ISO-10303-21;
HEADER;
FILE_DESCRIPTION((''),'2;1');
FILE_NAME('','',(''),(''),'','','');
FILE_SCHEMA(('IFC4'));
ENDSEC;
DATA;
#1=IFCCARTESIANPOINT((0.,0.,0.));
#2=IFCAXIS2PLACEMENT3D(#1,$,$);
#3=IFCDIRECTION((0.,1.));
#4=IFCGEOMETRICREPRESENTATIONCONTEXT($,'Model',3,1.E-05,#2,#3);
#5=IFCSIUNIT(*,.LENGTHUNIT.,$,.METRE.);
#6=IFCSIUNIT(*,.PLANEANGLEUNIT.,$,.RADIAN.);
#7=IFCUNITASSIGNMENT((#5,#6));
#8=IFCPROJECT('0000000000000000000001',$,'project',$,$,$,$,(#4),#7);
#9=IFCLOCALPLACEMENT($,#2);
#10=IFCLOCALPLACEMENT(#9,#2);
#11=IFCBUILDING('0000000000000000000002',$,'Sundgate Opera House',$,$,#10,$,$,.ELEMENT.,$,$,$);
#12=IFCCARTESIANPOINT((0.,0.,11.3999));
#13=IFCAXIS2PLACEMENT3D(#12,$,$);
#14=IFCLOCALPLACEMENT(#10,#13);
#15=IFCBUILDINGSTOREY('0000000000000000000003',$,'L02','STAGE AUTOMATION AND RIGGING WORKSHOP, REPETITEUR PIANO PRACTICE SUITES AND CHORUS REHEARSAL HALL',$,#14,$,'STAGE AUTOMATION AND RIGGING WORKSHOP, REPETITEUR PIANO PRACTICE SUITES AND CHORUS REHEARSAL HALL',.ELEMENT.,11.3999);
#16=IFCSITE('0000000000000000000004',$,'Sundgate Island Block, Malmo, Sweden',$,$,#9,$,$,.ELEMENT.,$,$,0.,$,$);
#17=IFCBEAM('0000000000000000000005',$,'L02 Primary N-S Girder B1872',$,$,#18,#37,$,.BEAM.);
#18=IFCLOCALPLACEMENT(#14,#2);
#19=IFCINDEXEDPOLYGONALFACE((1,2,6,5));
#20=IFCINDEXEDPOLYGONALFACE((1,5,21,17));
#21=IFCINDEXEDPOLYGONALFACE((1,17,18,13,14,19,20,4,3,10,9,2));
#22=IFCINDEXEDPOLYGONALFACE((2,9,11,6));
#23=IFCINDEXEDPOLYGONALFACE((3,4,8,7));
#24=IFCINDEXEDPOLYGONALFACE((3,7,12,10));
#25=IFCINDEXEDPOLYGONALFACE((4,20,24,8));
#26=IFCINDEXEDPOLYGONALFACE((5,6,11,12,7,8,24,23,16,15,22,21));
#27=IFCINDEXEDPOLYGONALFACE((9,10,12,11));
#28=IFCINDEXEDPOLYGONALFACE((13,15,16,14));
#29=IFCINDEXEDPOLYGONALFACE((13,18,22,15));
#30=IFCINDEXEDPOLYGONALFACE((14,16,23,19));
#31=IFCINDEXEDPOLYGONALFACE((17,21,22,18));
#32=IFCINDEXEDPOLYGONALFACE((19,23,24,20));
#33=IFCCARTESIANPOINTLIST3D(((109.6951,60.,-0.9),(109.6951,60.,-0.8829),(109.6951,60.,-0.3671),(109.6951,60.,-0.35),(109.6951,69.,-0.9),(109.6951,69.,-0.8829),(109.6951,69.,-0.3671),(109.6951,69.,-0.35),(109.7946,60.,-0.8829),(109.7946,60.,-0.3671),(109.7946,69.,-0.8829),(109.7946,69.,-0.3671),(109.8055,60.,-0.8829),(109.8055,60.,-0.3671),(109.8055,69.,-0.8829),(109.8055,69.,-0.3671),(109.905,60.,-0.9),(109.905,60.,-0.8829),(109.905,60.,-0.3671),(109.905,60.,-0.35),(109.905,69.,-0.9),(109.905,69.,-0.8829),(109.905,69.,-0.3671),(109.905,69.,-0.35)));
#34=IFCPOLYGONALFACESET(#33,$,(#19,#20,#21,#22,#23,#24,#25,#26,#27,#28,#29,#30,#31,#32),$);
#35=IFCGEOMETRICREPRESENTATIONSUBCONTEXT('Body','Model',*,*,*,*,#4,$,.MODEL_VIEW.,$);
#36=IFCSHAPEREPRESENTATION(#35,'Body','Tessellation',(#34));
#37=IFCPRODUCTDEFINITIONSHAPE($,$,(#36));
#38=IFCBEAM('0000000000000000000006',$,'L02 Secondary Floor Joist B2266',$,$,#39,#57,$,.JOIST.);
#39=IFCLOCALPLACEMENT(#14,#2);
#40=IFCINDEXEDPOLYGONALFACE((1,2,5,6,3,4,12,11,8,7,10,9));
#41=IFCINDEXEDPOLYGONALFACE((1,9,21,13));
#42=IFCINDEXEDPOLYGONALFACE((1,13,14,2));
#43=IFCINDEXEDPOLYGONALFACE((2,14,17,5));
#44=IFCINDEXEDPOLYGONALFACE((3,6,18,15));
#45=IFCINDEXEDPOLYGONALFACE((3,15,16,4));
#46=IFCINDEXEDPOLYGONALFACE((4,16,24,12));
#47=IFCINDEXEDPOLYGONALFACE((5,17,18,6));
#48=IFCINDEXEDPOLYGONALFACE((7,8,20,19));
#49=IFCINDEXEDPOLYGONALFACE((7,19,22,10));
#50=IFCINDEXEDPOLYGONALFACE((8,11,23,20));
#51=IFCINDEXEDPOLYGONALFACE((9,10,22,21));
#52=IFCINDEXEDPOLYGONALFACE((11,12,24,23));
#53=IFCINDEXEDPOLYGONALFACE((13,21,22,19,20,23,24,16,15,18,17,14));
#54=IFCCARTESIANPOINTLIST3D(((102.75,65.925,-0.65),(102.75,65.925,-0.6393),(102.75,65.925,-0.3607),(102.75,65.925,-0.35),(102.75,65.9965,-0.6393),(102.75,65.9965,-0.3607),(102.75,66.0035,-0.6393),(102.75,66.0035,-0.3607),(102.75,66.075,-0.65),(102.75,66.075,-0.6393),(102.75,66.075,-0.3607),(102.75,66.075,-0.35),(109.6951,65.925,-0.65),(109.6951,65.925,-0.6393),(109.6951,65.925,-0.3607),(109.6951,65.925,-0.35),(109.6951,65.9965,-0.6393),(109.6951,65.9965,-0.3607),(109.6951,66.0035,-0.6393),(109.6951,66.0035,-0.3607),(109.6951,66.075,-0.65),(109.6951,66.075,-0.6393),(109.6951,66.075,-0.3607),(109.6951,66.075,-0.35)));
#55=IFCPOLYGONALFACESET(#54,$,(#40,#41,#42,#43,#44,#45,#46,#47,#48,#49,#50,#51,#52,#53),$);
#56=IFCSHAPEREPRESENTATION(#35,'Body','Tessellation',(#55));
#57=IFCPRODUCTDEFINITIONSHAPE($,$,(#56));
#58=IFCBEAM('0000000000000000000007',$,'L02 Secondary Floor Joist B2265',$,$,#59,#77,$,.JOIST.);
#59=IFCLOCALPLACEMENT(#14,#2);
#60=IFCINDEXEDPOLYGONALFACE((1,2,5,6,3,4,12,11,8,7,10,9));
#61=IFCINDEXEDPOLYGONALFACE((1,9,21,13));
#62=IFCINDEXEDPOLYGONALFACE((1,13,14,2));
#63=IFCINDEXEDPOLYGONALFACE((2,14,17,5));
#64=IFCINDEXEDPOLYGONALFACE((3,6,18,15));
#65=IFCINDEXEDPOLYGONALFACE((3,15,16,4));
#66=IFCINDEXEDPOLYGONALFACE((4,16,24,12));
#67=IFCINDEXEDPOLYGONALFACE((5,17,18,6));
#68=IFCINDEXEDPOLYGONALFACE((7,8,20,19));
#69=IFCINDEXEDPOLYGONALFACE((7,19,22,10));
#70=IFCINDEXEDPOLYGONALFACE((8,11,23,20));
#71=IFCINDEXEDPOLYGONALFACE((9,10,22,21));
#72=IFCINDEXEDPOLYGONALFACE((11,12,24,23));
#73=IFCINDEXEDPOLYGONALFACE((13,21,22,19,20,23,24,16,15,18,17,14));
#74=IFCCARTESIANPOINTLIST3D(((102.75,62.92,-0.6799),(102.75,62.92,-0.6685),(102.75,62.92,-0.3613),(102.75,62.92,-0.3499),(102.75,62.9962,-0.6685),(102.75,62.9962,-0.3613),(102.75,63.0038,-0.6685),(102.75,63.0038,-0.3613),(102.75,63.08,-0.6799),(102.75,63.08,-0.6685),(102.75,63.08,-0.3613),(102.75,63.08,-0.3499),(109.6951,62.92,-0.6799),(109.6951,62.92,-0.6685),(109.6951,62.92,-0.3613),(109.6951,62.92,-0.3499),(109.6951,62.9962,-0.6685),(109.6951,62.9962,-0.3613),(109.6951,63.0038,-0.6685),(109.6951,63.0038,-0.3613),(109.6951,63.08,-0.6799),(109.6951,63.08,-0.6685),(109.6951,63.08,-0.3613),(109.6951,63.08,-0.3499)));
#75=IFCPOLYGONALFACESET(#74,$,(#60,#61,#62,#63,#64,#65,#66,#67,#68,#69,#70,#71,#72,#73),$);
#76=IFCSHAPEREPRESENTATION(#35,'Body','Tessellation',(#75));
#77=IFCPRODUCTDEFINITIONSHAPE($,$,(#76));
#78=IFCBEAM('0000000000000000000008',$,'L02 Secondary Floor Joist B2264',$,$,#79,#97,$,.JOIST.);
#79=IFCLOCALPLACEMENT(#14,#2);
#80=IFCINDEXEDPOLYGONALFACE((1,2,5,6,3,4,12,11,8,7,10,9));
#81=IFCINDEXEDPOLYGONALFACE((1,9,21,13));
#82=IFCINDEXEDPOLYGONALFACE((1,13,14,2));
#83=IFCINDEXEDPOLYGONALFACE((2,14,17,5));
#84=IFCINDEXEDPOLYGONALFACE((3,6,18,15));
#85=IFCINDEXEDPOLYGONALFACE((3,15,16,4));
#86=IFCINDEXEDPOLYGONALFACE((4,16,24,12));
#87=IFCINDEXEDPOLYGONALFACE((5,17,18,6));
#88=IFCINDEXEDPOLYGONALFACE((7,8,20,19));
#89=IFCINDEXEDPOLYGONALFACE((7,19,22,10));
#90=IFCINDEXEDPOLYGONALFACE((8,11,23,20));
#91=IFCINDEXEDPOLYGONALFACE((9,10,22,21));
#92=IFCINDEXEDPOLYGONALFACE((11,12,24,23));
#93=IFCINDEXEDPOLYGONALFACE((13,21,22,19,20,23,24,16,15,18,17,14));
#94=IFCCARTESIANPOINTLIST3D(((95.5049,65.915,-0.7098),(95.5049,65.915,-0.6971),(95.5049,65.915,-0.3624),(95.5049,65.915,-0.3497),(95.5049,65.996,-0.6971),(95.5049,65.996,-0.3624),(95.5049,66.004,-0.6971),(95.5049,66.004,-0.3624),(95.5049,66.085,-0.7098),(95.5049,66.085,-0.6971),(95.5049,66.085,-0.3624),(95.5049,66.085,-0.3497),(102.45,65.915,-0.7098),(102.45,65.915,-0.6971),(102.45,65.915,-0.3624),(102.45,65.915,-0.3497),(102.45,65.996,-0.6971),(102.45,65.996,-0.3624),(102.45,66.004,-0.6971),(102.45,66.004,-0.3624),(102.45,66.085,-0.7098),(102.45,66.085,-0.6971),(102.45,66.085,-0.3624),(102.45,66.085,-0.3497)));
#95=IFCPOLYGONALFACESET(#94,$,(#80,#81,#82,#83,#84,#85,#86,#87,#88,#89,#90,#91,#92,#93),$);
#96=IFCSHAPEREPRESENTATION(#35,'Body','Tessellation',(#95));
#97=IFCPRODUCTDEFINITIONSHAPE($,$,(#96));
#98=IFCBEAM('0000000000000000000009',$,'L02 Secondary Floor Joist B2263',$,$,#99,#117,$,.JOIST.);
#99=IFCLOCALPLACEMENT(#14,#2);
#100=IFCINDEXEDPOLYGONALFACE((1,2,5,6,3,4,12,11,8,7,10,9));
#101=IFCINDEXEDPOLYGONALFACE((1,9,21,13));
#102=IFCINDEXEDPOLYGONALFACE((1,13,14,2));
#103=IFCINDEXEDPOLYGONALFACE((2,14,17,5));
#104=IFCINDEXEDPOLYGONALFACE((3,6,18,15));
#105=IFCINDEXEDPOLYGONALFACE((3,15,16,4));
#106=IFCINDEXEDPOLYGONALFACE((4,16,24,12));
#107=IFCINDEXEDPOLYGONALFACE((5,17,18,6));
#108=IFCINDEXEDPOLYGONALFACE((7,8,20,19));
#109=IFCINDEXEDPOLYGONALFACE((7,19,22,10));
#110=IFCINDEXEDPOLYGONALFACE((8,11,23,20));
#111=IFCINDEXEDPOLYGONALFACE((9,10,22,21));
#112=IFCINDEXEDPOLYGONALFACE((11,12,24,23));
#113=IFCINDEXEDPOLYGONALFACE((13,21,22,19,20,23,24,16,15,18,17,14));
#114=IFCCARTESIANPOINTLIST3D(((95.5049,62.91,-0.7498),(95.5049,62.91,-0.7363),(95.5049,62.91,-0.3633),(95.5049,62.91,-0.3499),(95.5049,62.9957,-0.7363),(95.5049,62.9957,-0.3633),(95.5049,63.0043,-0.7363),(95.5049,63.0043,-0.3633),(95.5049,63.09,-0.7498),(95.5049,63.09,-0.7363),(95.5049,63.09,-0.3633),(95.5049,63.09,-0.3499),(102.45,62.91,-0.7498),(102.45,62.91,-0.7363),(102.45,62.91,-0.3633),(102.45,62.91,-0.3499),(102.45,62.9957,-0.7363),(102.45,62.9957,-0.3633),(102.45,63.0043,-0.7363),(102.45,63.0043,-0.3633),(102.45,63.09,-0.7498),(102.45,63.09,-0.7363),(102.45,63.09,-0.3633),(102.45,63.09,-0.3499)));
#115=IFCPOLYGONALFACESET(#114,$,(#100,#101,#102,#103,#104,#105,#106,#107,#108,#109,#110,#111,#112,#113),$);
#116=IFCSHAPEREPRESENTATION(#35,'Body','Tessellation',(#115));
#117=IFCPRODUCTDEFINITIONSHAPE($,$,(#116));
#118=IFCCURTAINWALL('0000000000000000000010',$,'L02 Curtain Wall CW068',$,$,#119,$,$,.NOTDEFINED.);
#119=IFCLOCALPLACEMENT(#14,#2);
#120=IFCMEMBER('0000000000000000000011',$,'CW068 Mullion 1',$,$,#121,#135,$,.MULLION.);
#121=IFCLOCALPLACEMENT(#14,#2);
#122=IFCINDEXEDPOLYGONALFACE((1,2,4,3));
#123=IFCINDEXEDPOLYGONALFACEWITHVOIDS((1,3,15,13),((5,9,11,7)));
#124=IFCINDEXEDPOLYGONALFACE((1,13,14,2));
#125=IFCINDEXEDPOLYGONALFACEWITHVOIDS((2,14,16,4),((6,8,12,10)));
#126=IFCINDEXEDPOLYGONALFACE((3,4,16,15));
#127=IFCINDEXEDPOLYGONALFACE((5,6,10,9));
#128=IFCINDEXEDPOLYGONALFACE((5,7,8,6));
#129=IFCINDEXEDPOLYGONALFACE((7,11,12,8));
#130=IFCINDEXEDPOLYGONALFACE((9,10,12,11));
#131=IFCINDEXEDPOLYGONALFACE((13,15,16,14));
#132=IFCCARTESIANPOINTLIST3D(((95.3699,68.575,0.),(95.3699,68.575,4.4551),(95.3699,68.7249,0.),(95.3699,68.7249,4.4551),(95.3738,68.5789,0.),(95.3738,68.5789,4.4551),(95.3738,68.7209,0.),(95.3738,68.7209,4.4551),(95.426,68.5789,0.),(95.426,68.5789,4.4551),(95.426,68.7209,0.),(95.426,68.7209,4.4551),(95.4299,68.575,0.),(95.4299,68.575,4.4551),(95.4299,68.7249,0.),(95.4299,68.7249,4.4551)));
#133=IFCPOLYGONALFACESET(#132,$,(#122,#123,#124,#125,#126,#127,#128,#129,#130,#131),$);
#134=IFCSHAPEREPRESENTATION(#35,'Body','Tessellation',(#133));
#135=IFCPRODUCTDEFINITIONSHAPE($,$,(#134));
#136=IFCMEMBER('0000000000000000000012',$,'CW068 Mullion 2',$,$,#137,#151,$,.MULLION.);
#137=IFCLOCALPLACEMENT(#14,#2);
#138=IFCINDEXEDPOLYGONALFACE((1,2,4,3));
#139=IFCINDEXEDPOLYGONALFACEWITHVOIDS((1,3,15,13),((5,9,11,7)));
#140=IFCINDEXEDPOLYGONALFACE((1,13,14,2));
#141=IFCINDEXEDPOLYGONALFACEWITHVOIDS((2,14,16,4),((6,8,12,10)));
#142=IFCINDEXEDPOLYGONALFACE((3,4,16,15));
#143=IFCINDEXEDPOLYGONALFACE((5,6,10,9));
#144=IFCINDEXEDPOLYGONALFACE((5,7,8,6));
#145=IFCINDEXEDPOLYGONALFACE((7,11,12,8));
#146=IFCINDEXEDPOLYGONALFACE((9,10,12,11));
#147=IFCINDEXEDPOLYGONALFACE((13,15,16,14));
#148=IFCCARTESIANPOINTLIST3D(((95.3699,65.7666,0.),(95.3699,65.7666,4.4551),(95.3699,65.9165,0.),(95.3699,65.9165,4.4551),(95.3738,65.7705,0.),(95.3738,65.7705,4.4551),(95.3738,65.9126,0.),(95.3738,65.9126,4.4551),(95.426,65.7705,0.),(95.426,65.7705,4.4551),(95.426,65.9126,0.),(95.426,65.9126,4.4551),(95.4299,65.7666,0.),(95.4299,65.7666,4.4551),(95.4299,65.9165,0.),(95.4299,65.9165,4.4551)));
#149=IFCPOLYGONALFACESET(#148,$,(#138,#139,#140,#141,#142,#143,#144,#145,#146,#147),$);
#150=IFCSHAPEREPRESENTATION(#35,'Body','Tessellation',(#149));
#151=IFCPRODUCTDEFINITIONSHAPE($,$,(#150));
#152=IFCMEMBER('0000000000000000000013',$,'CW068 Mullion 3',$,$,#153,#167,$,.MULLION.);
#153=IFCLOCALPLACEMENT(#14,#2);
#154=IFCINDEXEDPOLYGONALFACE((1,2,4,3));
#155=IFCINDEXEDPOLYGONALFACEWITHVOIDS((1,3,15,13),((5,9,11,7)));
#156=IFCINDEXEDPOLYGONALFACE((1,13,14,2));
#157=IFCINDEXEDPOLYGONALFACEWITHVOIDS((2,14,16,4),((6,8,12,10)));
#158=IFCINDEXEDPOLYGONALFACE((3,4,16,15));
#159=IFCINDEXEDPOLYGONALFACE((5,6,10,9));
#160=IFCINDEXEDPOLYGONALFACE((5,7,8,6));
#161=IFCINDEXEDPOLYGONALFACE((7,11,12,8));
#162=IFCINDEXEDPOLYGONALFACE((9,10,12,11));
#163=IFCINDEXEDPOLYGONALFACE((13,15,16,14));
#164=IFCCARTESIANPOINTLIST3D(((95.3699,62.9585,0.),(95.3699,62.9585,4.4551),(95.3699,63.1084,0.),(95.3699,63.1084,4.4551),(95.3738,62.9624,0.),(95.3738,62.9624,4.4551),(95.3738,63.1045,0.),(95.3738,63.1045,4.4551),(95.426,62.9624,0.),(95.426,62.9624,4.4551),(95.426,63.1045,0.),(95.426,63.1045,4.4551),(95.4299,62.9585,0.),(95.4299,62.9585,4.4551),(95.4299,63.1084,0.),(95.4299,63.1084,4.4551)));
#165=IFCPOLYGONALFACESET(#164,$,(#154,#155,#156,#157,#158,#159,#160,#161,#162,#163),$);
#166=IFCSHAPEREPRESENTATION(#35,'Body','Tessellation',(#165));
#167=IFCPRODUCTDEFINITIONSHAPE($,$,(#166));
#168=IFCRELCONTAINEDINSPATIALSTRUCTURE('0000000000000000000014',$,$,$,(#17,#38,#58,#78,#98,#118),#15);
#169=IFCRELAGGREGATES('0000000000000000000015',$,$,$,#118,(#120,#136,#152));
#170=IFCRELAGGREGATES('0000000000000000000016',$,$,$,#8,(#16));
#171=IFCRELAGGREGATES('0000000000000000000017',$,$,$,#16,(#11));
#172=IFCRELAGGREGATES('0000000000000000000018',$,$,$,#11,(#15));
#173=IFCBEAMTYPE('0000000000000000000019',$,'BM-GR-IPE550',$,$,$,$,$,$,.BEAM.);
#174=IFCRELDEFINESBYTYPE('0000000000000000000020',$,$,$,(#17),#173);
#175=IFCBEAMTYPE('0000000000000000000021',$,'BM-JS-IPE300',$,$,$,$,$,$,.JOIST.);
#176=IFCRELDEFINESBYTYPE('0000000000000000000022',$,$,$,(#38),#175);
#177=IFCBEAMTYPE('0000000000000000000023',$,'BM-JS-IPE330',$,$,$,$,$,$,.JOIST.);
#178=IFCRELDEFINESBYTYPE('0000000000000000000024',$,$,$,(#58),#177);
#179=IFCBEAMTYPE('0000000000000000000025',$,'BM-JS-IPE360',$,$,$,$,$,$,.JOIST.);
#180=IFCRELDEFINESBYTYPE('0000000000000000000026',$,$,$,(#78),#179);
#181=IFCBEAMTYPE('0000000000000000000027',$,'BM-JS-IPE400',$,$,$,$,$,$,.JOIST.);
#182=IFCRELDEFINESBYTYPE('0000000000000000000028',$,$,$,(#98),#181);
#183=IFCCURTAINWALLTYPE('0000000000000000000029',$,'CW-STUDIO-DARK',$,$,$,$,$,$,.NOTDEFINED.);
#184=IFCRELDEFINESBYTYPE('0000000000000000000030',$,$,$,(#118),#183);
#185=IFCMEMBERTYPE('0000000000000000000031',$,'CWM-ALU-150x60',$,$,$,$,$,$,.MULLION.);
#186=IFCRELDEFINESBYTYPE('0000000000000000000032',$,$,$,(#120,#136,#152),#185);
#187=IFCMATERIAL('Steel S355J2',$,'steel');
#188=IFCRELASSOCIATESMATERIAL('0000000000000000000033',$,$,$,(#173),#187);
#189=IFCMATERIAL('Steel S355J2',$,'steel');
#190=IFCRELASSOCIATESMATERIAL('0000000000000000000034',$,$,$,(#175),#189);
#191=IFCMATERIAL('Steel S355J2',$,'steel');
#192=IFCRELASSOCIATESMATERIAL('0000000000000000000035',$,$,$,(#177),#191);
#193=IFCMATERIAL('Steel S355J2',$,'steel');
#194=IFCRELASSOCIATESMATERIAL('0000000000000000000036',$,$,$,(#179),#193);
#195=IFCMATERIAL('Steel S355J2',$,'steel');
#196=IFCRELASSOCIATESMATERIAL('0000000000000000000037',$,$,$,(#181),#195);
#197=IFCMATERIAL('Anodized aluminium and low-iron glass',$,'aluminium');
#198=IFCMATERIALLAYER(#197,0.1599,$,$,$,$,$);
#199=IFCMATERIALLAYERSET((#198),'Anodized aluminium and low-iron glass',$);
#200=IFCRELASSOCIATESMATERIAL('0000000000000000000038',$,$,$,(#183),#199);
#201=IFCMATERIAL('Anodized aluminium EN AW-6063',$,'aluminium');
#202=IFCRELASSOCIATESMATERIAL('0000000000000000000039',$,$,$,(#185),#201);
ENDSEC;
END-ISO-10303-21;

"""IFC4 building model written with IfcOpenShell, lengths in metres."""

from ifc_helpers import new_model, si_unit, direction, frame, origin, origin_2d, place, context, subcontext, project, spatial, hollow_rectangle, i_section, extrude, material, layer, layer_set, material_profile, profile_set, type_object, element, aggregate, save


model = new_model("IFC4")

# Units and contexts
model_context = context("Model", 3, precision=1e-05, world=origin(), true_north=direction((0.0, 1.0)))
body_context = subcontext(model_context, "Body", "Model", "MODEL_VIEW")
ifc_project = project(units=[si_unit("LENGTHUNIT", "METRE"), si_unit("PLANEANGLEUNIT", "RADIAN")], contexts=[model_context])

# Site, building, storey
site_placement = place(None, origin())
site = spatial("IfcSite", under=ifc_project, at=site_placement, Name="Sundgate Island Block, Malmo, Sweden", CompositionType="ELEMENT", RefElevation=0.0)
building_placement = place(site_placement, origin())
building = spatial("IfcBuilding", under=site, at=building_placement, Name="Sundgate Opera House", CompositionType="ELEMENT")
storey_placement = place(building_placement, frame((0.0, 0.0, 11.3999)))
storey = spatial("IfcBuildingStorey", under=building, at=storey_placement, Name="L02", Description="STAGE AUTOMATION AND RIGGING WORKSHOP, REPETITEUR PIANO PRACTICE SUITES AND CHORUS REHEARSAL HALL", LongName="STAGE AUTOMATION AND RIGGING WORKSHOP, REPETITEUR PIANO PRACTICE SUITES AND CHORUS REHEARSAL HALL", CompositionType="ELEMENT", Elevation=11.3999)

# Beams
ifc_material_1 = material(Name="Steel S355J2", Category="steel")
ifc_material_profile_1 = material_profile(ifc_material_1, i_section(OverallWidth=0.21, OverallDepth=0.55, WebThickness=0.011, FlangeThickness=0.0171, at=origin_2d()), Name="IPE 550")
ifc_profile_set_1 = profile_set([ifc_material_profile_1], Name="Steel S355J2")
beam_type_1 = type_object("IfcBeamType", Name="BM-GR-IPE550", PredefinedType="BEAM", material=ifc_profile_set_1)
for number, where, z_axis, x_axis, name in (
    (1, (109.8, 60.0, -0.625), (0.0, 1.0, 0.0), (-1.0, 0.0, 0.0), "L02 Primary N-S Girder B1872"),
):
    element("IfcBeam", number, at=place(storey_placement, frame(where, z_axis=z_axis, x_axis=x_axis)), inside=storey, type_object=beam_type_1, Name=name, PredefinedType="BEAM", context=body_context, shape_type="SweptSolid", body=[
        extrude(i_section(OverallWidth=0.21, OverallDepth=0.55, WebThickness=0.011, FlangeThickness=0.0171, at=origin_2d()), origin(), (0.0, 0.0, 1.0), 9.0),
    ])
ifc_material_2 = material(Name="Steel S355J2", Category="steel")
ifc_material_profile_2 = material_profile(ifc_material_2, i_section(OverallWidth=0.1499, OverallDepth=0.3, WebThickness=0.0071, FlangeThickness=0.0107, at=origin_2d()), Name="IPE 300")
ifc_profile_set_2 = profile_set([ifc_material_profile_2], Name="Steel S355J2")
beam_type_2 = type_object("IfcBeamType", Name="BM-JS-IPE300", PredefinedType="JOIST", material=ifc_profile_set_2)
beam_1_placement = place(storey_placement, frame((102.75, 66.0, -0.5), z_axis=(1.0, 0.0, 0.0), x_axis=(0.0, 1.0, 0.0)))
element("IfcBeam", 2, at=beam_1_placement, inside=storey, type_object=beam_type_2, Name="L02 Secondary Floor Joist B2266", PredefinedType="JOIST", context=body_context, shape_type="SweptSolid", body=[
    extrude(i_section(OverallWidth=0.1499, OverallDepth=0.3, WebThickness=0.0071, FlangeThickness=0.0107, at=origin_2d()), origin(), (0.0, 0.0, 1.0), 6.9451),
])
ifc_material_3 = material(Name="Steel S355J2", Category="steel")
ifc_material_profile_3 = material_profile(ifc_material_3, i_section(OverallWidth=0.1599, OverallDepth=0.3301, WebThickness=0.0076, FlangeThickness=0.0115, at=origin_2d()), Name="IPE 330")
ifc_profile_set_3 = profile_set([ifc_material_profile_3], Name="Steel S355J2")
beam_type_3 = type_object("IfcBeamType", Name="BM-JS-IPE330", PredefinedType="JOIST", material=ifc_profile_set_3)
beam_2_placement = place(storey_placement, frame((102.75, 63.0, -0.5149), z_axis=(1.0, 0.0, 0.0), x_axis=(0.0, 1.0, 0.0)))
element("IfcBeam", 3, at=beam_2_placement, inside=storey, type_object=beam_type_3, Name="L02 Secondary Floor Joist B2265", PredefinedType="JOIST", context=body_context, shape_type="SweptSolid", body=[
    extrude(i_section(OverallWidth=0.1599, OverallDepth=0.3301, WebThickness=0.0076, FlangeThickness=0.0115, at=origin_2d()), origin(), (0.0, 0.0, 1.0), 6.9451),
])
ifc_material_4 = material(Name="Steel S355J2", Category="steel")
ifc_material_profile_4 = material_profile(ifc_material_4, i_section(OverallWidth=0.1699, OverallDepth=0.3601, WebThickness=0.0081, FlangeThickness=0.0127, at=origin_2d()), Name="IPE 360")
ifc_profile_set_4 = profile_set([ifc_material_profile_4], Name="Steel S355J2")
beam_type_4 = type_object("IfcBeamType", Name="BM-JS-IPE360", PredefinedType="JOIST", material=ifc_profile_set_4)
beam_3_placement = place(storey_placement, frame((95.5049, 66.0, -0.5298), z_axis=(1.0, 0.0, 0.0), x_axis=(0.0, 1.0, 0.0)))
element("IfcBeam", 4, at=beam_3_placement, inside=storey, type_object=beam_type_4, Name="L02 Secondary Floor Joist B2264", PredefinedType="JOIST", context=body_context, shape_type="SweptSolid", body=[
    extrude(i_section(OverallWidth=0.1699, OverallDepth=0.3601, WebThickness=0.0081, FlangeThickness=0.0127, at=origin_2d()), origin(), (0.0, 0.0, 1.0), 6.9451),
])
ifc_material_5 = material(Name="Steel S355J2", Category="steel")
ifc_material_profile_5 = material_profile(ifc_material_5, i_section(OverallWidth=0.1799, OverallDepth=0.3999, WebThickness=0.0085, FlangeThickness=0.0134, at=origin_2d()), Name="IPE 400")
ifc_profile_set_5 = profile_set([ifc_material_profile_5], Name="Steel S355J2")
beam_type_5 = type_object("IfcBeamType", Name="BM-JS-IPE400", PredefinedType="JOIST", material=ifc_profile_set_5)
beam_4_placement = place(storey_placement, frame((95.5049, 63.0, -0.5498), z_axis=(1.0, 0.0, 0.0), x_axis=(0.0, 1.0, 0.0)))
element("IfcBeam", 5, at=beam_4_placement, inside=storey, type_object=beam_type_5, Name="L02 Secondary Floor Joist B2263", PredefinedType="JOIST", context=body_context, shape_type="SweptSolid", body=[
    extrude(i_section(OverallWidth=0.1799, OverallDepth=0.3999, WebThickness=0.0085, FlangeThickness=0.0134, at=origin_2d()), origin(), (0.0, 0.0, 1.0), 6.9451),
])

# Curtain wall, members
ifc_material_6 = material(Name="Anodized aluminium and low-iron glass", Category="aluminium")
ifc_layer_1 = layer(ifc_material_6, 0.1599)
ifc_layer_set_1 = layer_set([ifc_layer_1], Name="Anodized aluminium and low-iron glass")
curtain_wall_type = type_object("IfcCurtainWallType", Name="CW-STUDIO-DARK", PredefinedType="NOTDEFINED", material=ifc_layer_set_1)
curtain_wall_placement = place(storey_placement, origin())
curtain_wall = element("IfcCurtainWall", 6, at=curtain_wall_placement, inside=storey, type_object=curtain_wall_type, Name="L02 Curtain Wall CW068", PredefinedType="NOTDEFINED")
ifc_material_7 = material(Name="Anodized aluminium EN AW-6063", Category="aluminium")
ifc_material_profile_6 = material_profile(ifc_material_7, hollow_rectangle(XDim=0.0601, YDim=0.1499, WallThickness=0.0039, at=origin_2d()), Name="CWM 150x60x4")
ifc_profile_set_6 = profile_set([ifc_material_profile_6], Name="Anodized aluminium EN AW-6063")
member_type_1 = type_object("IfcMemberType", Name="CWM-ALU-150x60", PredefinedType="MULLION", material=ifc_profile_set_6)
member_1_placement = place(storey_placement, frame((95.3999, 68.6499, 0.0), z_axis=(0.0, 0.0, 1.0), x_axis=(1.0, 0.0, 0.0)))
member_1 = element("IfcMember", 7, at=member_1_placement, type_object=member_type_1, Name="CW068 Mullion 1", PredefinedType="MULLION", context=body_context, shape_type="SweptSolid", body=[
    extrude(hollow_rectangle(XDim=0.0601, YDim=0.1499, WallThickness=0.0039, at=origin_2d()), origin(), (0.0, 0.0, 1.0), 4.4551),
])
member_2_placement = place(storey_placement, frame((95.3999, 65.8416, 0.0), z_axis=(0.0, 0.0, 1.0), x_axis=(1.0, 0.0, 0.0)))
member_2 = element("IfcMember", 8, at=member_2_placement, type_object=member_type_1, Name="CW068 Mullion 2", PredefinedType="MULLION", context=body_context, shape_type="SweptSolid", body=[
    extrude(hollow_rectangle(XDim=0.0601, YDim=0.1499, WallThickness=0.0039, at=origin_2d()), origin(), (0.0, 0.0, 1.0), 4.4551),
])
member_3_placement = place(storey_placement, frame((95.3999, 63.0334, 0.0), z_axis=(0.0, 0.0, 1.0), x_axis=(1.0, 0.0, 0.0)))
member_3 = element("IfcMember", 9, at=member_3_placement, type_object=member_type_1, Name="CW068 Mullion 3", PredefinedType="MULLION", context=body_context, shape_type="SweptSolid", body=[
    extrude(hollow_rectangle(XDim=0.0601, YDim=0.1499, WallThickness=0.0039, at=origin_2d()), origin(), (0.0, 0.0, 1.0), 4.4551),
])

aggregate(curtain_wall, [member_1, member_2, member_3])

save(model, "model.ifc")
